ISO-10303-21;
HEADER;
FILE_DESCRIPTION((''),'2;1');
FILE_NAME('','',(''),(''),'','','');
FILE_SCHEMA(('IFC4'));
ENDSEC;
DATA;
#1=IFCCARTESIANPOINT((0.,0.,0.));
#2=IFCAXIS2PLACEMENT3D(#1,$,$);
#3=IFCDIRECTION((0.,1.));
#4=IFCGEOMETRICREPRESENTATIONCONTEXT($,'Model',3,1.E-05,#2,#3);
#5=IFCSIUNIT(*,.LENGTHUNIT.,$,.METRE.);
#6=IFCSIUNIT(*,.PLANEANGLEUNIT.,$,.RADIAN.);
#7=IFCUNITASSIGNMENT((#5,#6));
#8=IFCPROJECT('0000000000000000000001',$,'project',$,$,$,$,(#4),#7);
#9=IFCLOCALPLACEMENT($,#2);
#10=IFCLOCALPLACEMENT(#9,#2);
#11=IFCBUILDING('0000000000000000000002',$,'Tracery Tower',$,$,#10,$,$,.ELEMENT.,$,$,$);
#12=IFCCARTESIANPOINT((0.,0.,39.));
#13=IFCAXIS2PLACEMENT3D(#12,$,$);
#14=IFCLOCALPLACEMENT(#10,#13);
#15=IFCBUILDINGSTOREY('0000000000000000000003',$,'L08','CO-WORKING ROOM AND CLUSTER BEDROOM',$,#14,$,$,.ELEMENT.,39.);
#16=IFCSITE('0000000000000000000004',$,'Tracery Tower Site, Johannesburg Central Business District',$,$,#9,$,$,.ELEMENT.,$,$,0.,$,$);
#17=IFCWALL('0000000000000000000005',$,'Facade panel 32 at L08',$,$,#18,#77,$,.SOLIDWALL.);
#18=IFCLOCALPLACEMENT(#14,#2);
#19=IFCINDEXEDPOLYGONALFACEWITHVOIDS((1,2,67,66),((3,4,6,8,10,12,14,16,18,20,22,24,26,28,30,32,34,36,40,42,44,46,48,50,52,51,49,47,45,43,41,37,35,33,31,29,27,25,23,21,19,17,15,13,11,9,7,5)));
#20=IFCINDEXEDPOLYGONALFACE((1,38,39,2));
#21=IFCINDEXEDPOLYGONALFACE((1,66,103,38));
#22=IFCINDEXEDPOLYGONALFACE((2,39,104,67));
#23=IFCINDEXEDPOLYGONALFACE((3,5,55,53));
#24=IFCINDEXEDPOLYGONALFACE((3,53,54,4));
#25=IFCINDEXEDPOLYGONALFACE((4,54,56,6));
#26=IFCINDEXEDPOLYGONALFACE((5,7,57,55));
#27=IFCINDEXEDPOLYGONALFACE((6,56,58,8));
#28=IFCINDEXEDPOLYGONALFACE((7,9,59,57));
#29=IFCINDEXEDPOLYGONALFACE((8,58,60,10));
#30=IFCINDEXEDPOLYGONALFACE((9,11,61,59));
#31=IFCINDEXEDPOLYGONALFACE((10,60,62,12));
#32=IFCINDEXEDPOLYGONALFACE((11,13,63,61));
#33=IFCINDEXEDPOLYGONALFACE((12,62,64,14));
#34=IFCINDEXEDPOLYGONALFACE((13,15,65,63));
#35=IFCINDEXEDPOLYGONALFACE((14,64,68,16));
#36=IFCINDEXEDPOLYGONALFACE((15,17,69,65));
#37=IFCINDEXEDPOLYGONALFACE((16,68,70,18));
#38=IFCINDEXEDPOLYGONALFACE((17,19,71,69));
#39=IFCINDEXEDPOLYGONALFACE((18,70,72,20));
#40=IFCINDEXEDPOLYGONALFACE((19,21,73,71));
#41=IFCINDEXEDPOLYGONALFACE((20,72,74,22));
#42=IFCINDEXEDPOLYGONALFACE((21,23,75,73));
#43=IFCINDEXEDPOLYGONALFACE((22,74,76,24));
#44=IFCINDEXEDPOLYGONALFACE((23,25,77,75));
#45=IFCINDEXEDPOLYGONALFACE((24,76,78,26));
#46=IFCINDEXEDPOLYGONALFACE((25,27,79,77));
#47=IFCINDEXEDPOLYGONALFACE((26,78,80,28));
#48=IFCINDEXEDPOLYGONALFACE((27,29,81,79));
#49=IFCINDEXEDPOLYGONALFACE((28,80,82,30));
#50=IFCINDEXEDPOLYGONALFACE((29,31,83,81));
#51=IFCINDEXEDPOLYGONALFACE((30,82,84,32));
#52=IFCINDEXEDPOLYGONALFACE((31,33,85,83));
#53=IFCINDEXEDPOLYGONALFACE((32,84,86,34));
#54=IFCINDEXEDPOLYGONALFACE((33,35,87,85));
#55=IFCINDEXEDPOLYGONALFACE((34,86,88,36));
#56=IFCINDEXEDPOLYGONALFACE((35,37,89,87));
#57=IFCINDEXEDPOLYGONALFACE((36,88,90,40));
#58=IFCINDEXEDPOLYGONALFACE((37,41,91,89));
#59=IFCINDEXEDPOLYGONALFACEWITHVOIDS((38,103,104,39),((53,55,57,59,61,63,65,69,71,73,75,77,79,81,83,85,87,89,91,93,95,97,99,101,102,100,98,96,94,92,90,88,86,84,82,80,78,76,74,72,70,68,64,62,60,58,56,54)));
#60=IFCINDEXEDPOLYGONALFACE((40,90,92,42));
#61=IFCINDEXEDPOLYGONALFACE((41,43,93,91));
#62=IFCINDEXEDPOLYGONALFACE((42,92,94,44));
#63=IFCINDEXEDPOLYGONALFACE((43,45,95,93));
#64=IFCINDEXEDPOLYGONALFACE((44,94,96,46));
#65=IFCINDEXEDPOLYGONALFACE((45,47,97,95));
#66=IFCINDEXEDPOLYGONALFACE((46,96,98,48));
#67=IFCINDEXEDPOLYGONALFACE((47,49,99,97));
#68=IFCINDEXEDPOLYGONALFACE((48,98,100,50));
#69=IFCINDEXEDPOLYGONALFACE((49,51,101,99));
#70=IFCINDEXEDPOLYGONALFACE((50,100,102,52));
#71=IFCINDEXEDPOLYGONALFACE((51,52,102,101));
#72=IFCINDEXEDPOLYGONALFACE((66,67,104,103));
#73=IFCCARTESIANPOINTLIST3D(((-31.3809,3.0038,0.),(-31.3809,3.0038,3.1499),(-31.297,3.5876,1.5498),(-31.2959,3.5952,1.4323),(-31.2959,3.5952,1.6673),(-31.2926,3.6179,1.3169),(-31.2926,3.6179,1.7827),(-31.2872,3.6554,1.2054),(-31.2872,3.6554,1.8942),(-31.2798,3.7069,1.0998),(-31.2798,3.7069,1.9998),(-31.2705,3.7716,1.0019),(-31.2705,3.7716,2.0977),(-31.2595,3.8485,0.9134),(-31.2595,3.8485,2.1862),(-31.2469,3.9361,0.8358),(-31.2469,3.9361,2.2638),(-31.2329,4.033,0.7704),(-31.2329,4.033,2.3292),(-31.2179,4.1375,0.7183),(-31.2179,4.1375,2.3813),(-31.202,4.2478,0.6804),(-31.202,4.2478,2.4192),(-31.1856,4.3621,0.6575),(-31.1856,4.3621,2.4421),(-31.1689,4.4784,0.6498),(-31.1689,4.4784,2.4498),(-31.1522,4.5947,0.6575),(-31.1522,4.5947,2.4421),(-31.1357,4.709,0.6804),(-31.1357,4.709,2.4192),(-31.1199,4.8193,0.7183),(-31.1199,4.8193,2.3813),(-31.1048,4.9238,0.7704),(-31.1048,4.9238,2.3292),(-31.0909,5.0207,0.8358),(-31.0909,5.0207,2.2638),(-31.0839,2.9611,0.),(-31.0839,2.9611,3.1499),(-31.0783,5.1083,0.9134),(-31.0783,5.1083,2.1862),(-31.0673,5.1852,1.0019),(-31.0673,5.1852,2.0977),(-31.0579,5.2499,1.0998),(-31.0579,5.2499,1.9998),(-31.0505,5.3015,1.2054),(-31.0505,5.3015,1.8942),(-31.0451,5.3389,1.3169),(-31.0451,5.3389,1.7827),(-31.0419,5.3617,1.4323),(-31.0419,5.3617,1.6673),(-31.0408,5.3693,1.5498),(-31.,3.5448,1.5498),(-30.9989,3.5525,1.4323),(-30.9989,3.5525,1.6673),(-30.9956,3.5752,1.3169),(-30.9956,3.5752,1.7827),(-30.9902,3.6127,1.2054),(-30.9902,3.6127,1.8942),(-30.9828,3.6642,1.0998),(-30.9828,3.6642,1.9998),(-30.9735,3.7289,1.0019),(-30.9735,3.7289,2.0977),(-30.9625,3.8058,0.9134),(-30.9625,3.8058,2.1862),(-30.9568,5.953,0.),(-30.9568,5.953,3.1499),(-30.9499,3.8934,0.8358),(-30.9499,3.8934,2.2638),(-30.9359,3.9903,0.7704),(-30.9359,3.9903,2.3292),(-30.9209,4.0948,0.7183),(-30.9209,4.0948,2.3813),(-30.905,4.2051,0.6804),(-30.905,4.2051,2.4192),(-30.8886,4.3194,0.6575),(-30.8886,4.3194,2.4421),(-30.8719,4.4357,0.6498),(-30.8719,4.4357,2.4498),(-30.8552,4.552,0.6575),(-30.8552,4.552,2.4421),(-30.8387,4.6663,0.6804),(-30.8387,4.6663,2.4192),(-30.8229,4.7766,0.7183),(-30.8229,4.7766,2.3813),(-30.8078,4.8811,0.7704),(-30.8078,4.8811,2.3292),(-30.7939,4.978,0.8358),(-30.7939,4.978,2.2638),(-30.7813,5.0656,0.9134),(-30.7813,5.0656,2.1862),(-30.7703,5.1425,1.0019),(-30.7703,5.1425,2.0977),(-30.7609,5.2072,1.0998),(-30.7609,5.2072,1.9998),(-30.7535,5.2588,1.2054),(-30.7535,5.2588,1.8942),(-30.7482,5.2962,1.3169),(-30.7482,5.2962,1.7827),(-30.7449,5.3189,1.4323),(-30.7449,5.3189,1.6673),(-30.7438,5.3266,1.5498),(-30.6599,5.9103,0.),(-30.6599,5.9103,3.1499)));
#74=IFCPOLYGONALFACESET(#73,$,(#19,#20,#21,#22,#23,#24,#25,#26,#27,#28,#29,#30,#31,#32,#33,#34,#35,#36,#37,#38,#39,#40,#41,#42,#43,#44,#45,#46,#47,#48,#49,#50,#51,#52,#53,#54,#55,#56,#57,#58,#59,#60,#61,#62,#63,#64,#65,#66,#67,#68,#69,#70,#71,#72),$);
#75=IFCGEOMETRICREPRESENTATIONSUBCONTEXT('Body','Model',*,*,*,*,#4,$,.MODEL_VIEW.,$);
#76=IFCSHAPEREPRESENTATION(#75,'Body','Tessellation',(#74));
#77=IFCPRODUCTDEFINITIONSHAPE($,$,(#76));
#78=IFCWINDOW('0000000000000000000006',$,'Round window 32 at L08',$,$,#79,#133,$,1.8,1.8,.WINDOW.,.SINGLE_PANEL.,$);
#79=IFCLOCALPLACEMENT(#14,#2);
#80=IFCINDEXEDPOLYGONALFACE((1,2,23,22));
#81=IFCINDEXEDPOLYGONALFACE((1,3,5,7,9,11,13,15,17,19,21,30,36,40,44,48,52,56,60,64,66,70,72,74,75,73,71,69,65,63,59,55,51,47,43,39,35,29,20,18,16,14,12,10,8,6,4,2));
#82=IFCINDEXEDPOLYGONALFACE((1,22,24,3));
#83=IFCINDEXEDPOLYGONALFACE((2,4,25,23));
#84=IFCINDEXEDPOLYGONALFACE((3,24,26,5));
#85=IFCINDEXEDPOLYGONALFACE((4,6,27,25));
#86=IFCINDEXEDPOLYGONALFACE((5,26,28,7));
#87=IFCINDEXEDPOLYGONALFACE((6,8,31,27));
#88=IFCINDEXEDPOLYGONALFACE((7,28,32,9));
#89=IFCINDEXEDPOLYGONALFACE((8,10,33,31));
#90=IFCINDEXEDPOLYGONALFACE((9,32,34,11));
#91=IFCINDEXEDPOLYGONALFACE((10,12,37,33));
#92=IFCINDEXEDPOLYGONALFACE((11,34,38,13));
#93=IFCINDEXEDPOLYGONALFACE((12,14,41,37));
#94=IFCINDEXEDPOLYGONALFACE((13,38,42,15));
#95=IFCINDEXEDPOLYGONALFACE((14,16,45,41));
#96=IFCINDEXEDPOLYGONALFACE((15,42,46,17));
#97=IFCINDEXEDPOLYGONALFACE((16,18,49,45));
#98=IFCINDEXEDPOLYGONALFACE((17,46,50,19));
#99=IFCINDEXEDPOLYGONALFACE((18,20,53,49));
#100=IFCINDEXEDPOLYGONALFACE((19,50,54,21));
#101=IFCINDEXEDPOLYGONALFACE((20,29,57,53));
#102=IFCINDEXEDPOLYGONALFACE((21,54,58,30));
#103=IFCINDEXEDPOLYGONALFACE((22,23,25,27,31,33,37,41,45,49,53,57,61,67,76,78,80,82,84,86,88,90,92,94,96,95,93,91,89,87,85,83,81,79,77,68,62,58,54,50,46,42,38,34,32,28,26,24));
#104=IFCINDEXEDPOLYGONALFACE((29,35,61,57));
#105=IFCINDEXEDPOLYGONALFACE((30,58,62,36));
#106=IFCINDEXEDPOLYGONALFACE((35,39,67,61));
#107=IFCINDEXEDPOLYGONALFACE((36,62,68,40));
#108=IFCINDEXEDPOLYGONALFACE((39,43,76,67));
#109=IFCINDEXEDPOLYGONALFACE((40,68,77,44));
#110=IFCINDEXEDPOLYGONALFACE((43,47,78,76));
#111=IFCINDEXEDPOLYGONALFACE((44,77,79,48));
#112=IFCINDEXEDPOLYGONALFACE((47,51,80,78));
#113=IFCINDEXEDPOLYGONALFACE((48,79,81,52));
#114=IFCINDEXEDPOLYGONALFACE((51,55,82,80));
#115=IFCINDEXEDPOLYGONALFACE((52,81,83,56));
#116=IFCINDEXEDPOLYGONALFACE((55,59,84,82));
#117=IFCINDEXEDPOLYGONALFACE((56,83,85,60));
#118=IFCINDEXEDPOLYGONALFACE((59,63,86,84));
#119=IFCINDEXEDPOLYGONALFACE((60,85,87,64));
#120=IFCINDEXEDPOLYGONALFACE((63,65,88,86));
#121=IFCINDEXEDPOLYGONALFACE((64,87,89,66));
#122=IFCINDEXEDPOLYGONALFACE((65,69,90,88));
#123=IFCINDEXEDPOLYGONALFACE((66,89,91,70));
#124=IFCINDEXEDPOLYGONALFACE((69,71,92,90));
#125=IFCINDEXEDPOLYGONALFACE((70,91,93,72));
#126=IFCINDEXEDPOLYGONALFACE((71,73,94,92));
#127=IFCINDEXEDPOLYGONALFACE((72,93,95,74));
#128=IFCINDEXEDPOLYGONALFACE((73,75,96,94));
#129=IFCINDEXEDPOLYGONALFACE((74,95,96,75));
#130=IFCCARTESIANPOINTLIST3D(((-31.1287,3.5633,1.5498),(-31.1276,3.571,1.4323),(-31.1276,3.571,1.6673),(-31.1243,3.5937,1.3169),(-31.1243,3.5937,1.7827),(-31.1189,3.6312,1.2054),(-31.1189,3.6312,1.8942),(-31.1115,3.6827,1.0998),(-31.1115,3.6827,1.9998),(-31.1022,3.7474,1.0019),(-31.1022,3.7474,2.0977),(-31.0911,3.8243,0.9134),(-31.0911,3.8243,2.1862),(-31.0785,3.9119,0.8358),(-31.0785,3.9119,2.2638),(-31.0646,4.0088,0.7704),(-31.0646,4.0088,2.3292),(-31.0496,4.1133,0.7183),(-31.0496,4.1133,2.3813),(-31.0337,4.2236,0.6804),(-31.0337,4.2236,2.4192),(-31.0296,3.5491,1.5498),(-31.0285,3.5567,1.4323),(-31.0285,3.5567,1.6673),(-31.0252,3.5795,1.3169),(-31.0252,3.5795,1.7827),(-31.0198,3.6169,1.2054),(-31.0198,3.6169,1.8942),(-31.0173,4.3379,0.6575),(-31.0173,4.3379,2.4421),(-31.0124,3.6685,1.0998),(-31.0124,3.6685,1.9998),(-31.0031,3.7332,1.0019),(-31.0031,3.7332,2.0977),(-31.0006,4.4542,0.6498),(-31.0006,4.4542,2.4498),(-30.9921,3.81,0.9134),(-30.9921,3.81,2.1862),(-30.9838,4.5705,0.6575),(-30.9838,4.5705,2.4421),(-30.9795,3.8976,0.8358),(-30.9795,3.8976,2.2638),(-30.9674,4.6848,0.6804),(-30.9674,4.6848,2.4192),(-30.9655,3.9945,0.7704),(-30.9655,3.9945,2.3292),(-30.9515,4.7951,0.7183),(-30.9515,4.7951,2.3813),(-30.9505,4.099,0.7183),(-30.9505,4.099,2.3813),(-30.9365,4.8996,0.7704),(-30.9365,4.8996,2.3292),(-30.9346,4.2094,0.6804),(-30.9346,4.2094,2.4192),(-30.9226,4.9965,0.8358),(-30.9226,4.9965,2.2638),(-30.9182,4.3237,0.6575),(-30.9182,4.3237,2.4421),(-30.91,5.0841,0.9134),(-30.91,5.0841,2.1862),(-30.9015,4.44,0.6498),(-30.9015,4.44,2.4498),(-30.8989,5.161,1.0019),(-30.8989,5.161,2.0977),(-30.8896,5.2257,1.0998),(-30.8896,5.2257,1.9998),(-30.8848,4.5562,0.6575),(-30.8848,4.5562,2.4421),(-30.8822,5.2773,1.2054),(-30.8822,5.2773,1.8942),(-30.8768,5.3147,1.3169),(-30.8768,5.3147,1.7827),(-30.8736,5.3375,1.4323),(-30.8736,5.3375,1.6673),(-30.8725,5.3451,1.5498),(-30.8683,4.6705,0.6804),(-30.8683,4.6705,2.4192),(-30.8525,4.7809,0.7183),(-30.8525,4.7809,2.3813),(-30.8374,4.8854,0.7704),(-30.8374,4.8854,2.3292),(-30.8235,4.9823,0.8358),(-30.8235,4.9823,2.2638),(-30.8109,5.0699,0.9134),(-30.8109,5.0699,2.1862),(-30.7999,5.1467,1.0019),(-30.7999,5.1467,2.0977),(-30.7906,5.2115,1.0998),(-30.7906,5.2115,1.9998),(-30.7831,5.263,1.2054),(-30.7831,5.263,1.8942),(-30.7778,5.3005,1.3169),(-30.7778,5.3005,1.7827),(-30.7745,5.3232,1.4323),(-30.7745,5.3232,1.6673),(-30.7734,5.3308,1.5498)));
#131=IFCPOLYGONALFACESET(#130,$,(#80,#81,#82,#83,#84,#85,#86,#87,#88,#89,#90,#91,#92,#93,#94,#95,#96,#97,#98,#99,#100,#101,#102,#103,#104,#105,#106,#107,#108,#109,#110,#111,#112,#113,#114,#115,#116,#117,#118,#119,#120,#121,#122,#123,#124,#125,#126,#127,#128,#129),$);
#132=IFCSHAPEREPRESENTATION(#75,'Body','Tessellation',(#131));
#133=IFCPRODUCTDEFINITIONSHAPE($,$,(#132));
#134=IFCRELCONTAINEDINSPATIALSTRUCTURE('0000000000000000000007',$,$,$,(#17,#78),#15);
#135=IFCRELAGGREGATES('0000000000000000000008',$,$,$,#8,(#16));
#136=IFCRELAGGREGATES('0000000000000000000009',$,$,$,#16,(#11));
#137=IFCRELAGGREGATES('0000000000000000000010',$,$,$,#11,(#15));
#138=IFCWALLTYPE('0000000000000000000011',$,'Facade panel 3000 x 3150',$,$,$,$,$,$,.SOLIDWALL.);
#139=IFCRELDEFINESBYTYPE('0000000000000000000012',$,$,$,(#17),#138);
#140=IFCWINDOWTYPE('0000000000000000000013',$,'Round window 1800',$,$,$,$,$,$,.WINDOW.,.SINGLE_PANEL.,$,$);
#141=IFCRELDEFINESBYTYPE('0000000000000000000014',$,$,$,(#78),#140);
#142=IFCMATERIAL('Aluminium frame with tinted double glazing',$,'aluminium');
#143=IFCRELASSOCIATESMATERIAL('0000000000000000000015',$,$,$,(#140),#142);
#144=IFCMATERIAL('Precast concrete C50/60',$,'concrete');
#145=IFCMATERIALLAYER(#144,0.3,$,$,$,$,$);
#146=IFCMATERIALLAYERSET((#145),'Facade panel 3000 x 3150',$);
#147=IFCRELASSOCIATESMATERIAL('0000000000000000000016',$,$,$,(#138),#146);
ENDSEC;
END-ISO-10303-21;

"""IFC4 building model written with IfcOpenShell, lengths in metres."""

from ifc_helpers import new_model, si_unit, direction, frame, frame_2d, origin, origin_2d, place, context, subcontext, project, spatial, rectangle, circle, extrude, material, layer, layer_set, type_object, element, fill, save


model = new_model("IFC4")

# Units and contexts
model_context = context("Model", 3, precision=1e-05, world=origin(), true_north=direction((0.0, 1.0)))
body_context = subcontext(model_context, "Body", "Model", "MODEL_VIEW")
ifc_project = project(units=[si_unit("LENGTHUNIT", "METRE"), si_unit("PLANEANGLEUNIT", "RADIAN")], contexts=[model_context])

# Site, building, storey
site_placement = place(None, origin())
site = spatial("IfcSite", under=ifc_project, at=site_placement, Name="Tracery Tower Site, Johannesburg Central Business District", CompositionType="ELEMENT", RefElevation=0.0)
building_placement = place(site_placement, origin())
building = spatial("IfcBuilding", under=site, at=building_placement, Name="Tracery Tower", CompositionType="ELEMENT")
storey_placement = place(building_placement, frame((0.0, 0.0, 39.0)))
storey = spatial("IfcBuildingStorey", under=building, at=storey_placement, Name="L08", Description="CO-WORKING ROOM AND CLUSTER BEDROOM", CompositionType="ELEMENT", Elevation=39.0)

# Wall, opening, window
ifc_material_1 = material(Name="Aluminium frame with tinted double glazing", Category="aluminium")
window_type = type_object("IfcWindowType", Name="Round window 1800", PartitioningType="SINGLE_PANEL", PredefinedType="WINDOW", material=ifc_material_1)
ifc_material_2 = material(Name="Precast concrete C50/60", Category="concrete")
ifc_layer_1 = layer(ifc_material_2, 0.3)
ifc_layer_set_1 = layer_set([ifc_layer_1], Name="Facade panel 3000 x 3150")
wall_type_1 = type_object("IfcWallType", Name="Facade panel 3000 x 3150", PredefinedType="SOLIDWALL", material=ifc_layer_set_1)
wall_1_placement = place(storey_placement, frame((-30.8083, 5.9316, 0.0), z_axis=(0.0, 0.0, 1.0), x_axis=(-0.142328, -0.98982, 0.0)))
wall_1 = element("IfcWall", 1, at=wall_1_placement, inside=storey, type_object=wall_type_1, Name="Facade panel 32 at L08", PredefinedType="SOLIDWALL", context=body_context, shape_type="SweptSolid", body=[
    extrude(rectangle(XDim=2.9795, YDim=0.3, at=frame_2d((1.4897, 0.0))), origin(), (0.0, 0.0, 1.0), 3.1499),
])
opening_1_placement = place(wall_1_placement, frame((1.4897, 0.0, 1.5498)))
opening_1 = element("IfcOpeningElement", 2, at=opening_1_placement, cuts=wall_1, PredefinedType="OPENING", context=body_context, shape_type="SweptSolid", body=[
    extrude(circle(Radius=0.9, at=origin_2d()), frame((0.0, 0.1599, 0.0), z_axis=(0.0, -1.0, 0.0), x_axis=(1.0, 0.0, 0.0)), (0.0, 0.0, 1.0), 0.3201),
])
window_1_placement = place(opening_1_placement, origin())
window_1 = element("IfcWindow", 3, at=window_1_placement, inside=storey, type_object=window_type, Name="Round window 32 at L08", OverallHeight=1.8, OverallWidth=1.8, PartitioningType="SINGLE_PANEL", PredefinedType="WINDOW", context=body_context, shape_type="SweptSolid", body=[
    extrude(circle(Radius=0.9, at=origin_2d()), frame((0.0, 0.1201, 0.0), z_axis=(0.0, -1.0, 0.0), x_axis=(1.0, 0.0, 0.0)), (0.0, 0.0, 1.0), 0.1001),
])
fill(opening_1, window_1)

save(model, "model.ifc")
